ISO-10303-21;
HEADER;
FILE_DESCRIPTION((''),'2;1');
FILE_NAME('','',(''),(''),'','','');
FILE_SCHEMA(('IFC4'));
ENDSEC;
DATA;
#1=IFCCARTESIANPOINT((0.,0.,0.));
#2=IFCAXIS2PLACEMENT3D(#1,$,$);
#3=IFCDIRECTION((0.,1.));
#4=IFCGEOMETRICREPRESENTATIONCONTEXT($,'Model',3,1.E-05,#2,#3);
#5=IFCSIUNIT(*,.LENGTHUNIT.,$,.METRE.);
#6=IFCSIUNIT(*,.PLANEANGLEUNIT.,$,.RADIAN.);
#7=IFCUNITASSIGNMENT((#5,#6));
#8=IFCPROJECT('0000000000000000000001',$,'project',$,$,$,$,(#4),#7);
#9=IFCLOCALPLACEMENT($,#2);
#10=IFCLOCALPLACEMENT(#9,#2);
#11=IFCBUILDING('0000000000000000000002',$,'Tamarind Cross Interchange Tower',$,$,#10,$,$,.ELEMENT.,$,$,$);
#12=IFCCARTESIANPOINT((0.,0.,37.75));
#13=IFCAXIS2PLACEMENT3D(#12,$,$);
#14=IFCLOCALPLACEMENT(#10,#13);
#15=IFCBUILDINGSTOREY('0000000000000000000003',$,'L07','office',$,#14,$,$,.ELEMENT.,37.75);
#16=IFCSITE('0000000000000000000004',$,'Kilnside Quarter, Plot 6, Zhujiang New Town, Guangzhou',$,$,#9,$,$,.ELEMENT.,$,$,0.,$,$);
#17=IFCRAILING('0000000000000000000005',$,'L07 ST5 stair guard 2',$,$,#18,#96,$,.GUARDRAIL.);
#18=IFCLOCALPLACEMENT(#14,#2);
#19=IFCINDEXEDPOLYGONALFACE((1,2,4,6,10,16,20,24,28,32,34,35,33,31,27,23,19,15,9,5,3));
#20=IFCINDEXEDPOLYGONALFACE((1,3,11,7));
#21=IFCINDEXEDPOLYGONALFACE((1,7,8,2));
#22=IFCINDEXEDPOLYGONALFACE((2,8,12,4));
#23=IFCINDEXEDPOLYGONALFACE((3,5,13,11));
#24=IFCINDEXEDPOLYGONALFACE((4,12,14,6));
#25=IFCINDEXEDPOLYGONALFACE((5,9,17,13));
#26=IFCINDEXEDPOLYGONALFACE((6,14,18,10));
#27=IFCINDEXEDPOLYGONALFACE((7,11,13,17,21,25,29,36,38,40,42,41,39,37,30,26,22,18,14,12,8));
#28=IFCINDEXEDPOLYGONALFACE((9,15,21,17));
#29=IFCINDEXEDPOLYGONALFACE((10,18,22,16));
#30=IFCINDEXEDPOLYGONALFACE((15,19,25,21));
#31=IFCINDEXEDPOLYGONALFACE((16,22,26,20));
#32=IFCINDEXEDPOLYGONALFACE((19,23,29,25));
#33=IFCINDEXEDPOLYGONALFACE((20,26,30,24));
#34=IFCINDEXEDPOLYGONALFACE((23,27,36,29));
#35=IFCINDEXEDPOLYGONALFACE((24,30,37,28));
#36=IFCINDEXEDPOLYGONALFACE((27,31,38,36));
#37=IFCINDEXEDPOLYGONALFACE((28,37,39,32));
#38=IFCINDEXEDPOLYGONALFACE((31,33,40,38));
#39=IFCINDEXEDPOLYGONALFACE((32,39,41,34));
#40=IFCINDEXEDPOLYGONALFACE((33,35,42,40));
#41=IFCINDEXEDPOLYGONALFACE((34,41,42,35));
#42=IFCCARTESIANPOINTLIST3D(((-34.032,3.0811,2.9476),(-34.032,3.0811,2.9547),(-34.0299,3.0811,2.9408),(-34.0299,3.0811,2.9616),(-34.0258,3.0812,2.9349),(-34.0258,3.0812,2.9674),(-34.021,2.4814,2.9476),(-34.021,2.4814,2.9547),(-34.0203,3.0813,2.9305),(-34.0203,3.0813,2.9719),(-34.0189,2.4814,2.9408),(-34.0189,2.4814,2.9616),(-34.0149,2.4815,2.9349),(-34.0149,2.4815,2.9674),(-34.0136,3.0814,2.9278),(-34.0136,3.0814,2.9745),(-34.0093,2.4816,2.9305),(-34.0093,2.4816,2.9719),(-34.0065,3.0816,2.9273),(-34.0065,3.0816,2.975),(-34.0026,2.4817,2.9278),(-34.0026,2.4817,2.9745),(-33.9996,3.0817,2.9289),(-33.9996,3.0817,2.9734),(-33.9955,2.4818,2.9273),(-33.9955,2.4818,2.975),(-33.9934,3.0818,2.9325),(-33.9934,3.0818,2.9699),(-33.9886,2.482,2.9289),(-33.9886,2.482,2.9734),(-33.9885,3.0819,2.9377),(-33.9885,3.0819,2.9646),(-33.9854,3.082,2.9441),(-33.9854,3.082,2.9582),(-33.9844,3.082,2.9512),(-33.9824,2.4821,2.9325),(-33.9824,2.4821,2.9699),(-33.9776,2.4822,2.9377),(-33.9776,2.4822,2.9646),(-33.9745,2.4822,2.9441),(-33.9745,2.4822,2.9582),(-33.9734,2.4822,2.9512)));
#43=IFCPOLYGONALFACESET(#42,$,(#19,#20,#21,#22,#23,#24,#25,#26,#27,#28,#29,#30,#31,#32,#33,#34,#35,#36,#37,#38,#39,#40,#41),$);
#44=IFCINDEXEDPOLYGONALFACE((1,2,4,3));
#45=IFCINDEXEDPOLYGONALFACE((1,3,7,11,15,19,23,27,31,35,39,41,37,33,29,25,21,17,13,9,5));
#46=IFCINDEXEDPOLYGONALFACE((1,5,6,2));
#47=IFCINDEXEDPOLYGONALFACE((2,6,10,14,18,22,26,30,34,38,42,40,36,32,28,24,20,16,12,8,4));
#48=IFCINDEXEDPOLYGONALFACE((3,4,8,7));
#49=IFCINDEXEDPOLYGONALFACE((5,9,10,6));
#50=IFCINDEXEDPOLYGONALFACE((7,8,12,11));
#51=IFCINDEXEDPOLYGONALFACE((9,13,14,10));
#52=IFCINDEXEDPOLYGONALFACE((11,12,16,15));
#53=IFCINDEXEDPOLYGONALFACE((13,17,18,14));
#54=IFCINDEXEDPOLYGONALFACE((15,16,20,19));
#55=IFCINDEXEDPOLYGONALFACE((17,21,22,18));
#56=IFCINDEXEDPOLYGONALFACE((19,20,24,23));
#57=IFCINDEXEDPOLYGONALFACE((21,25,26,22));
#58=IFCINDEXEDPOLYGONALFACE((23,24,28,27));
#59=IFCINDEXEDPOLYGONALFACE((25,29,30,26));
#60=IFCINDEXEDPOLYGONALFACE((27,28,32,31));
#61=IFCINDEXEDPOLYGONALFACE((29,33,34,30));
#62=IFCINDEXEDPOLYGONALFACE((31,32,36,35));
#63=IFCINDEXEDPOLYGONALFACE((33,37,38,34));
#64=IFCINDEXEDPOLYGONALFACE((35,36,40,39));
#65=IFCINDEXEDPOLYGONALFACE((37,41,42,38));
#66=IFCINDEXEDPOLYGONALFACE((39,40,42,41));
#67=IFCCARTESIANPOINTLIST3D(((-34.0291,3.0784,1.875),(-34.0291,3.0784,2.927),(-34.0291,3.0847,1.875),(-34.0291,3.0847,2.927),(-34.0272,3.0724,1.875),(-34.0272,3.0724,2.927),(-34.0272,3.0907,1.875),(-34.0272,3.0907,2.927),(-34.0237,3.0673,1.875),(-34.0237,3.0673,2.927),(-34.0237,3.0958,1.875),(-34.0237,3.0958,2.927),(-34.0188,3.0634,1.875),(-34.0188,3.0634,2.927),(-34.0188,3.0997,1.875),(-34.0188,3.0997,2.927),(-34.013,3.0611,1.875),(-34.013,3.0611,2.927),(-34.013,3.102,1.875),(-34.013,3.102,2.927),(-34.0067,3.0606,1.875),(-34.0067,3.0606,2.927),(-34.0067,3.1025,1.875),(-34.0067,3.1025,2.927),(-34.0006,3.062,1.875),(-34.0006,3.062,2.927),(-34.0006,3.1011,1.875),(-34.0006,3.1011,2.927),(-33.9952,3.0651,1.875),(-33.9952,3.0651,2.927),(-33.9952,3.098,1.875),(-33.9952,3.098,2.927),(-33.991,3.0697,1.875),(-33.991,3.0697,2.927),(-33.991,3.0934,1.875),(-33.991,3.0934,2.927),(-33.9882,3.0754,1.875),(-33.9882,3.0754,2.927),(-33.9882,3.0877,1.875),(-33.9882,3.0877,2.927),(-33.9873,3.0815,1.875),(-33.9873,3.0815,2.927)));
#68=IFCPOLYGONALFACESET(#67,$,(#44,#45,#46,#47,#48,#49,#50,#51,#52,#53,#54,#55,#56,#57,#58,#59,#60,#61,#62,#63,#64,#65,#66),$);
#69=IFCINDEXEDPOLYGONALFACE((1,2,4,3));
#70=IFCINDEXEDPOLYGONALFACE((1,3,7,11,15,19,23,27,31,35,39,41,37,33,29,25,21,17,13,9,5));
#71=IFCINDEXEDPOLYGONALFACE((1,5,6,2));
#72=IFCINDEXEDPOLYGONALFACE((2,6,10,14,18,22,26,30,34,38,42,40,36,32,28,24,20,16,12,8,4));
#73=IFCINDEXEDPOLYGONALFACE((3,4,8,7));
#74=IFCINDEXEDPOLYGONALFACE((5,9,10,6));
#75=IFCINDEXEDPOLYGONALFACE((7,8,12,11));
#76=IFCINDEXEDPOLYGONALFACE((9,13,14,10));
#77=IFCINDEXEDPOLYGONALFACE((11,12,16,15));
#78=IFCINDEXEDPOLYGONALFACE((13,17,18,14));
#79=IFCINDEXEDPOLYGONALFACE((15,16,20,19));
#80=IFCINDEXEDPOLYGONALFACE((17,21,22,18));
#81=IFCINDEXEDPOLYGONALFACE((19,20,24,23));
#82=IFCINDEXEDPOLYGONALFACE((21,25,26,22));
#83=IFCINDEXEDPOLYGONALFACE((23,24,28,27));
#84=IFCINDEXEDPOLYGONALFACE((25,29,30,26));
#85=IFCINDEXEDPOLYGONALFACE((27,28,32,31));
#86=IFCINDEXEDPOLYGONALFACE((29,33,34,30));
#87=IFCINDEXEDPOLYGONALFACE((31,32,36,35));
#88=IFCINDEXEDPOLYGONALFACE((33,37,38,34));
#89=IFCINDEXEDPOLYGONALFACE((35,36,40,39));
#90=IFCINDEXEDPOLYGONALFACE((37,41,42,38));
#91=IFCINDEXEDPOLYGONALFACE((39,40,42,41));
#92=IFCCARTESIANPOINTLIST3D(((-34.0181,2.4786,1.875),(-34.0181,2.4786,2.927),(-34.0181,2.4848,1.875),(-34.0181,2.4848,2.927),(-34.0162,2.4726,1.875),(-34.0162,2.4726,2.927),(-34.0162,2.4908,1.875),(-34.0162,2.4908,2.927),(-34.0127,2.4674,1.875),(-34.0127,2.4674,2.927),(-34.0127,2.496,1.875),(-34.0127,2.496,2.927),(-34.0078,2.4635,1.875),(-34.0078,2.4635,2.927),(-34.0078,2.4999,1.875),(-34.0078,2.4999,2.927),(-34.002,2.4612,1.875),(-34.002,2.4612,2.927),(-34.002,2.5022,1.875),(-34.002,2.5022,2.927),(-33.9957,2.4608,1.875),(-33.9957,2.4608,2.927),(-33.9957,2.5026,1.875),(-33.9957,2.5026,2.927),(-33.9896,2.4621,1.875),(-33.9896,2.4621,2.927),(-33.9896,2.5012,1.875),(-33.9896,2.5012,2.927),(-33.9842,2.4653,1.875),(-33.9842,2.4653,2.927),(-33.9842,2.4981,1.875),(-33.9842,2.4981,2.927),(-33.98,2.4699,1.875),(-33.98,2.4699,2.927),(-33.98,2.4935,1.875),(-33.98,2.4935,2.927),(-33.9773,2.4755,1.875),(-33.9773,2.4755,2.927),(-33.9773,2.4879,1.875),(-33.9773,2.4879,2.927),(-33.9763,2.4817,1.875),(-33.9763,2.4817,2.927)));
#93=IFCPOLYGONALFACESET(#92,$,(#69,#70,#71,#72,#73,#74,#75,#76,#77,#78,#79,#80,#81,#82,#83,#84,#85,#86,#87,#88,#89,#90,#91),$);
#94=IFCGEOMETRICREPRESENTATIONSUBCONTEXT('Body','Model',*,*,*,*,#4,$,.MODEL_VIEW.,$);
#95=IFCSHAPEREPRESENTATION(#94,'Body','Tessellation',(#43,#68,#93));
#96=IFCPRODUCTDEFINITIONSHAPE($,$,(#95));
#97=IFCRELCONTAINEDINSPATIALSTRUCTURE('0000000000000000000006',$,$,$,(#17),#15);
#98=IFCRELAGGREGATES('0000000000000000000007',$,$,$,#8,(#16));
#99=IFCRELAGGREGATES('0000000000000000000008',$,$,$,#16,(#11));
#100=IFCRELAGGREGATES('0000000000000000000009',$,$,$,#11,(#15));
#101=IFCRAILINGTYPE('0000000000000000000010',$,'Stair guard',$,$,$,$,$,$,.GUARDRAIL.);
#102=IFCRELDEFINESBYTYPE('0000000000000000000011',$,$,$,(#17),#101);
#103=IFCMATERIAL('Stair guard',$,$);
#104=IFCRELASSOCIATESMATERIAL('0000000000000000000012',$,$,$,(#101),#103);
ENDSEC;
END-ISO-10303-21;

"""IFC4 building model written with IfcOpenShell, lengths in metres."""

from ifc_helpers import new_model, si_unit, direction, frame, origin, origin_2d, place, context, subcontext, project, spatial, circle, extrude, material, type_object, element, save


model = new_model("IFC4")

# Units and contexts
model_context = context("Model", 3, precision=1e-05, world=origin(), true_north=direction((0.0, 1.0)))
body_context = subcontext(model_context, "Body", "Model", "MODEL_VIEW")
ifc_project = project(units=[si_unit("LENGTHUNIT", "METRE"), si_unit("PLANEANGLEUNIT", "RADIAN")], contexts=[model_context])

# Site, building, storey
site_placement = place(None, origin())
site = spatial("IfcSite", under=ifc_project, at=site_placement, Name="Kilnside Quarter, Plot 6, Zhujiang New Town, Guangzhou", CompositionType="ELEMENT", RefElevation=0.0)
building_placement = place(site_placement, origin())
building = spatial("IfcBuilding", under=site, at=building_placement, Name="Tamarind Cross Interchange Tower", CompositionType="ELEMENT")
storey_placement = place(building_placement, frame((0.0, 0.0, 37.75)))
storey = spatial("IfcBuildingStorey", under=building, at=storey_placement, Name="L07", Description="office", CompositionType="ELEMENT", Elevation=37.75)

# Railing
ifc_material_1 = material(Name="Stair guard")
railing_type_1 = type_object("IfcRailingType", Name="Stair guard", PredefinedType="GUARDRAIL", material=ifc_material_1)
railing_1_placement = place(storey_placement, frame((-34.0083, 3.0815, 1.875)))
element("IfcRailing", 1, at=railing_1_placement, inside=storey, type_object=railing_type_1, Name="L07 ST5 stair guard 2", PredefinedType="GUARDRAIL", context=body_context, shape_type="SweptSolid", body=[
    extrude(circle(Radius=0.0239, at=origin_2d()), frame((0.0, 0.0, 1.0762), z_axis=(0.018312, -0.999832, 0.0), x_axis=(0.999832, 0.018312, 0.0)), (0.0, 0.0, 1.0), 0.5999),
    extrude(circle(Radius=0.021, at=origin_2d()), origin(), (0.0, 0.0, 1.0), 1.052),
    extrude(circle(Radius=0.021, at=origin_2d()), frame((0.011, -0.5999, 0.0)), (0.0, 0.0, 1.0), 1.052),
])

save(model, "model.ifc")
